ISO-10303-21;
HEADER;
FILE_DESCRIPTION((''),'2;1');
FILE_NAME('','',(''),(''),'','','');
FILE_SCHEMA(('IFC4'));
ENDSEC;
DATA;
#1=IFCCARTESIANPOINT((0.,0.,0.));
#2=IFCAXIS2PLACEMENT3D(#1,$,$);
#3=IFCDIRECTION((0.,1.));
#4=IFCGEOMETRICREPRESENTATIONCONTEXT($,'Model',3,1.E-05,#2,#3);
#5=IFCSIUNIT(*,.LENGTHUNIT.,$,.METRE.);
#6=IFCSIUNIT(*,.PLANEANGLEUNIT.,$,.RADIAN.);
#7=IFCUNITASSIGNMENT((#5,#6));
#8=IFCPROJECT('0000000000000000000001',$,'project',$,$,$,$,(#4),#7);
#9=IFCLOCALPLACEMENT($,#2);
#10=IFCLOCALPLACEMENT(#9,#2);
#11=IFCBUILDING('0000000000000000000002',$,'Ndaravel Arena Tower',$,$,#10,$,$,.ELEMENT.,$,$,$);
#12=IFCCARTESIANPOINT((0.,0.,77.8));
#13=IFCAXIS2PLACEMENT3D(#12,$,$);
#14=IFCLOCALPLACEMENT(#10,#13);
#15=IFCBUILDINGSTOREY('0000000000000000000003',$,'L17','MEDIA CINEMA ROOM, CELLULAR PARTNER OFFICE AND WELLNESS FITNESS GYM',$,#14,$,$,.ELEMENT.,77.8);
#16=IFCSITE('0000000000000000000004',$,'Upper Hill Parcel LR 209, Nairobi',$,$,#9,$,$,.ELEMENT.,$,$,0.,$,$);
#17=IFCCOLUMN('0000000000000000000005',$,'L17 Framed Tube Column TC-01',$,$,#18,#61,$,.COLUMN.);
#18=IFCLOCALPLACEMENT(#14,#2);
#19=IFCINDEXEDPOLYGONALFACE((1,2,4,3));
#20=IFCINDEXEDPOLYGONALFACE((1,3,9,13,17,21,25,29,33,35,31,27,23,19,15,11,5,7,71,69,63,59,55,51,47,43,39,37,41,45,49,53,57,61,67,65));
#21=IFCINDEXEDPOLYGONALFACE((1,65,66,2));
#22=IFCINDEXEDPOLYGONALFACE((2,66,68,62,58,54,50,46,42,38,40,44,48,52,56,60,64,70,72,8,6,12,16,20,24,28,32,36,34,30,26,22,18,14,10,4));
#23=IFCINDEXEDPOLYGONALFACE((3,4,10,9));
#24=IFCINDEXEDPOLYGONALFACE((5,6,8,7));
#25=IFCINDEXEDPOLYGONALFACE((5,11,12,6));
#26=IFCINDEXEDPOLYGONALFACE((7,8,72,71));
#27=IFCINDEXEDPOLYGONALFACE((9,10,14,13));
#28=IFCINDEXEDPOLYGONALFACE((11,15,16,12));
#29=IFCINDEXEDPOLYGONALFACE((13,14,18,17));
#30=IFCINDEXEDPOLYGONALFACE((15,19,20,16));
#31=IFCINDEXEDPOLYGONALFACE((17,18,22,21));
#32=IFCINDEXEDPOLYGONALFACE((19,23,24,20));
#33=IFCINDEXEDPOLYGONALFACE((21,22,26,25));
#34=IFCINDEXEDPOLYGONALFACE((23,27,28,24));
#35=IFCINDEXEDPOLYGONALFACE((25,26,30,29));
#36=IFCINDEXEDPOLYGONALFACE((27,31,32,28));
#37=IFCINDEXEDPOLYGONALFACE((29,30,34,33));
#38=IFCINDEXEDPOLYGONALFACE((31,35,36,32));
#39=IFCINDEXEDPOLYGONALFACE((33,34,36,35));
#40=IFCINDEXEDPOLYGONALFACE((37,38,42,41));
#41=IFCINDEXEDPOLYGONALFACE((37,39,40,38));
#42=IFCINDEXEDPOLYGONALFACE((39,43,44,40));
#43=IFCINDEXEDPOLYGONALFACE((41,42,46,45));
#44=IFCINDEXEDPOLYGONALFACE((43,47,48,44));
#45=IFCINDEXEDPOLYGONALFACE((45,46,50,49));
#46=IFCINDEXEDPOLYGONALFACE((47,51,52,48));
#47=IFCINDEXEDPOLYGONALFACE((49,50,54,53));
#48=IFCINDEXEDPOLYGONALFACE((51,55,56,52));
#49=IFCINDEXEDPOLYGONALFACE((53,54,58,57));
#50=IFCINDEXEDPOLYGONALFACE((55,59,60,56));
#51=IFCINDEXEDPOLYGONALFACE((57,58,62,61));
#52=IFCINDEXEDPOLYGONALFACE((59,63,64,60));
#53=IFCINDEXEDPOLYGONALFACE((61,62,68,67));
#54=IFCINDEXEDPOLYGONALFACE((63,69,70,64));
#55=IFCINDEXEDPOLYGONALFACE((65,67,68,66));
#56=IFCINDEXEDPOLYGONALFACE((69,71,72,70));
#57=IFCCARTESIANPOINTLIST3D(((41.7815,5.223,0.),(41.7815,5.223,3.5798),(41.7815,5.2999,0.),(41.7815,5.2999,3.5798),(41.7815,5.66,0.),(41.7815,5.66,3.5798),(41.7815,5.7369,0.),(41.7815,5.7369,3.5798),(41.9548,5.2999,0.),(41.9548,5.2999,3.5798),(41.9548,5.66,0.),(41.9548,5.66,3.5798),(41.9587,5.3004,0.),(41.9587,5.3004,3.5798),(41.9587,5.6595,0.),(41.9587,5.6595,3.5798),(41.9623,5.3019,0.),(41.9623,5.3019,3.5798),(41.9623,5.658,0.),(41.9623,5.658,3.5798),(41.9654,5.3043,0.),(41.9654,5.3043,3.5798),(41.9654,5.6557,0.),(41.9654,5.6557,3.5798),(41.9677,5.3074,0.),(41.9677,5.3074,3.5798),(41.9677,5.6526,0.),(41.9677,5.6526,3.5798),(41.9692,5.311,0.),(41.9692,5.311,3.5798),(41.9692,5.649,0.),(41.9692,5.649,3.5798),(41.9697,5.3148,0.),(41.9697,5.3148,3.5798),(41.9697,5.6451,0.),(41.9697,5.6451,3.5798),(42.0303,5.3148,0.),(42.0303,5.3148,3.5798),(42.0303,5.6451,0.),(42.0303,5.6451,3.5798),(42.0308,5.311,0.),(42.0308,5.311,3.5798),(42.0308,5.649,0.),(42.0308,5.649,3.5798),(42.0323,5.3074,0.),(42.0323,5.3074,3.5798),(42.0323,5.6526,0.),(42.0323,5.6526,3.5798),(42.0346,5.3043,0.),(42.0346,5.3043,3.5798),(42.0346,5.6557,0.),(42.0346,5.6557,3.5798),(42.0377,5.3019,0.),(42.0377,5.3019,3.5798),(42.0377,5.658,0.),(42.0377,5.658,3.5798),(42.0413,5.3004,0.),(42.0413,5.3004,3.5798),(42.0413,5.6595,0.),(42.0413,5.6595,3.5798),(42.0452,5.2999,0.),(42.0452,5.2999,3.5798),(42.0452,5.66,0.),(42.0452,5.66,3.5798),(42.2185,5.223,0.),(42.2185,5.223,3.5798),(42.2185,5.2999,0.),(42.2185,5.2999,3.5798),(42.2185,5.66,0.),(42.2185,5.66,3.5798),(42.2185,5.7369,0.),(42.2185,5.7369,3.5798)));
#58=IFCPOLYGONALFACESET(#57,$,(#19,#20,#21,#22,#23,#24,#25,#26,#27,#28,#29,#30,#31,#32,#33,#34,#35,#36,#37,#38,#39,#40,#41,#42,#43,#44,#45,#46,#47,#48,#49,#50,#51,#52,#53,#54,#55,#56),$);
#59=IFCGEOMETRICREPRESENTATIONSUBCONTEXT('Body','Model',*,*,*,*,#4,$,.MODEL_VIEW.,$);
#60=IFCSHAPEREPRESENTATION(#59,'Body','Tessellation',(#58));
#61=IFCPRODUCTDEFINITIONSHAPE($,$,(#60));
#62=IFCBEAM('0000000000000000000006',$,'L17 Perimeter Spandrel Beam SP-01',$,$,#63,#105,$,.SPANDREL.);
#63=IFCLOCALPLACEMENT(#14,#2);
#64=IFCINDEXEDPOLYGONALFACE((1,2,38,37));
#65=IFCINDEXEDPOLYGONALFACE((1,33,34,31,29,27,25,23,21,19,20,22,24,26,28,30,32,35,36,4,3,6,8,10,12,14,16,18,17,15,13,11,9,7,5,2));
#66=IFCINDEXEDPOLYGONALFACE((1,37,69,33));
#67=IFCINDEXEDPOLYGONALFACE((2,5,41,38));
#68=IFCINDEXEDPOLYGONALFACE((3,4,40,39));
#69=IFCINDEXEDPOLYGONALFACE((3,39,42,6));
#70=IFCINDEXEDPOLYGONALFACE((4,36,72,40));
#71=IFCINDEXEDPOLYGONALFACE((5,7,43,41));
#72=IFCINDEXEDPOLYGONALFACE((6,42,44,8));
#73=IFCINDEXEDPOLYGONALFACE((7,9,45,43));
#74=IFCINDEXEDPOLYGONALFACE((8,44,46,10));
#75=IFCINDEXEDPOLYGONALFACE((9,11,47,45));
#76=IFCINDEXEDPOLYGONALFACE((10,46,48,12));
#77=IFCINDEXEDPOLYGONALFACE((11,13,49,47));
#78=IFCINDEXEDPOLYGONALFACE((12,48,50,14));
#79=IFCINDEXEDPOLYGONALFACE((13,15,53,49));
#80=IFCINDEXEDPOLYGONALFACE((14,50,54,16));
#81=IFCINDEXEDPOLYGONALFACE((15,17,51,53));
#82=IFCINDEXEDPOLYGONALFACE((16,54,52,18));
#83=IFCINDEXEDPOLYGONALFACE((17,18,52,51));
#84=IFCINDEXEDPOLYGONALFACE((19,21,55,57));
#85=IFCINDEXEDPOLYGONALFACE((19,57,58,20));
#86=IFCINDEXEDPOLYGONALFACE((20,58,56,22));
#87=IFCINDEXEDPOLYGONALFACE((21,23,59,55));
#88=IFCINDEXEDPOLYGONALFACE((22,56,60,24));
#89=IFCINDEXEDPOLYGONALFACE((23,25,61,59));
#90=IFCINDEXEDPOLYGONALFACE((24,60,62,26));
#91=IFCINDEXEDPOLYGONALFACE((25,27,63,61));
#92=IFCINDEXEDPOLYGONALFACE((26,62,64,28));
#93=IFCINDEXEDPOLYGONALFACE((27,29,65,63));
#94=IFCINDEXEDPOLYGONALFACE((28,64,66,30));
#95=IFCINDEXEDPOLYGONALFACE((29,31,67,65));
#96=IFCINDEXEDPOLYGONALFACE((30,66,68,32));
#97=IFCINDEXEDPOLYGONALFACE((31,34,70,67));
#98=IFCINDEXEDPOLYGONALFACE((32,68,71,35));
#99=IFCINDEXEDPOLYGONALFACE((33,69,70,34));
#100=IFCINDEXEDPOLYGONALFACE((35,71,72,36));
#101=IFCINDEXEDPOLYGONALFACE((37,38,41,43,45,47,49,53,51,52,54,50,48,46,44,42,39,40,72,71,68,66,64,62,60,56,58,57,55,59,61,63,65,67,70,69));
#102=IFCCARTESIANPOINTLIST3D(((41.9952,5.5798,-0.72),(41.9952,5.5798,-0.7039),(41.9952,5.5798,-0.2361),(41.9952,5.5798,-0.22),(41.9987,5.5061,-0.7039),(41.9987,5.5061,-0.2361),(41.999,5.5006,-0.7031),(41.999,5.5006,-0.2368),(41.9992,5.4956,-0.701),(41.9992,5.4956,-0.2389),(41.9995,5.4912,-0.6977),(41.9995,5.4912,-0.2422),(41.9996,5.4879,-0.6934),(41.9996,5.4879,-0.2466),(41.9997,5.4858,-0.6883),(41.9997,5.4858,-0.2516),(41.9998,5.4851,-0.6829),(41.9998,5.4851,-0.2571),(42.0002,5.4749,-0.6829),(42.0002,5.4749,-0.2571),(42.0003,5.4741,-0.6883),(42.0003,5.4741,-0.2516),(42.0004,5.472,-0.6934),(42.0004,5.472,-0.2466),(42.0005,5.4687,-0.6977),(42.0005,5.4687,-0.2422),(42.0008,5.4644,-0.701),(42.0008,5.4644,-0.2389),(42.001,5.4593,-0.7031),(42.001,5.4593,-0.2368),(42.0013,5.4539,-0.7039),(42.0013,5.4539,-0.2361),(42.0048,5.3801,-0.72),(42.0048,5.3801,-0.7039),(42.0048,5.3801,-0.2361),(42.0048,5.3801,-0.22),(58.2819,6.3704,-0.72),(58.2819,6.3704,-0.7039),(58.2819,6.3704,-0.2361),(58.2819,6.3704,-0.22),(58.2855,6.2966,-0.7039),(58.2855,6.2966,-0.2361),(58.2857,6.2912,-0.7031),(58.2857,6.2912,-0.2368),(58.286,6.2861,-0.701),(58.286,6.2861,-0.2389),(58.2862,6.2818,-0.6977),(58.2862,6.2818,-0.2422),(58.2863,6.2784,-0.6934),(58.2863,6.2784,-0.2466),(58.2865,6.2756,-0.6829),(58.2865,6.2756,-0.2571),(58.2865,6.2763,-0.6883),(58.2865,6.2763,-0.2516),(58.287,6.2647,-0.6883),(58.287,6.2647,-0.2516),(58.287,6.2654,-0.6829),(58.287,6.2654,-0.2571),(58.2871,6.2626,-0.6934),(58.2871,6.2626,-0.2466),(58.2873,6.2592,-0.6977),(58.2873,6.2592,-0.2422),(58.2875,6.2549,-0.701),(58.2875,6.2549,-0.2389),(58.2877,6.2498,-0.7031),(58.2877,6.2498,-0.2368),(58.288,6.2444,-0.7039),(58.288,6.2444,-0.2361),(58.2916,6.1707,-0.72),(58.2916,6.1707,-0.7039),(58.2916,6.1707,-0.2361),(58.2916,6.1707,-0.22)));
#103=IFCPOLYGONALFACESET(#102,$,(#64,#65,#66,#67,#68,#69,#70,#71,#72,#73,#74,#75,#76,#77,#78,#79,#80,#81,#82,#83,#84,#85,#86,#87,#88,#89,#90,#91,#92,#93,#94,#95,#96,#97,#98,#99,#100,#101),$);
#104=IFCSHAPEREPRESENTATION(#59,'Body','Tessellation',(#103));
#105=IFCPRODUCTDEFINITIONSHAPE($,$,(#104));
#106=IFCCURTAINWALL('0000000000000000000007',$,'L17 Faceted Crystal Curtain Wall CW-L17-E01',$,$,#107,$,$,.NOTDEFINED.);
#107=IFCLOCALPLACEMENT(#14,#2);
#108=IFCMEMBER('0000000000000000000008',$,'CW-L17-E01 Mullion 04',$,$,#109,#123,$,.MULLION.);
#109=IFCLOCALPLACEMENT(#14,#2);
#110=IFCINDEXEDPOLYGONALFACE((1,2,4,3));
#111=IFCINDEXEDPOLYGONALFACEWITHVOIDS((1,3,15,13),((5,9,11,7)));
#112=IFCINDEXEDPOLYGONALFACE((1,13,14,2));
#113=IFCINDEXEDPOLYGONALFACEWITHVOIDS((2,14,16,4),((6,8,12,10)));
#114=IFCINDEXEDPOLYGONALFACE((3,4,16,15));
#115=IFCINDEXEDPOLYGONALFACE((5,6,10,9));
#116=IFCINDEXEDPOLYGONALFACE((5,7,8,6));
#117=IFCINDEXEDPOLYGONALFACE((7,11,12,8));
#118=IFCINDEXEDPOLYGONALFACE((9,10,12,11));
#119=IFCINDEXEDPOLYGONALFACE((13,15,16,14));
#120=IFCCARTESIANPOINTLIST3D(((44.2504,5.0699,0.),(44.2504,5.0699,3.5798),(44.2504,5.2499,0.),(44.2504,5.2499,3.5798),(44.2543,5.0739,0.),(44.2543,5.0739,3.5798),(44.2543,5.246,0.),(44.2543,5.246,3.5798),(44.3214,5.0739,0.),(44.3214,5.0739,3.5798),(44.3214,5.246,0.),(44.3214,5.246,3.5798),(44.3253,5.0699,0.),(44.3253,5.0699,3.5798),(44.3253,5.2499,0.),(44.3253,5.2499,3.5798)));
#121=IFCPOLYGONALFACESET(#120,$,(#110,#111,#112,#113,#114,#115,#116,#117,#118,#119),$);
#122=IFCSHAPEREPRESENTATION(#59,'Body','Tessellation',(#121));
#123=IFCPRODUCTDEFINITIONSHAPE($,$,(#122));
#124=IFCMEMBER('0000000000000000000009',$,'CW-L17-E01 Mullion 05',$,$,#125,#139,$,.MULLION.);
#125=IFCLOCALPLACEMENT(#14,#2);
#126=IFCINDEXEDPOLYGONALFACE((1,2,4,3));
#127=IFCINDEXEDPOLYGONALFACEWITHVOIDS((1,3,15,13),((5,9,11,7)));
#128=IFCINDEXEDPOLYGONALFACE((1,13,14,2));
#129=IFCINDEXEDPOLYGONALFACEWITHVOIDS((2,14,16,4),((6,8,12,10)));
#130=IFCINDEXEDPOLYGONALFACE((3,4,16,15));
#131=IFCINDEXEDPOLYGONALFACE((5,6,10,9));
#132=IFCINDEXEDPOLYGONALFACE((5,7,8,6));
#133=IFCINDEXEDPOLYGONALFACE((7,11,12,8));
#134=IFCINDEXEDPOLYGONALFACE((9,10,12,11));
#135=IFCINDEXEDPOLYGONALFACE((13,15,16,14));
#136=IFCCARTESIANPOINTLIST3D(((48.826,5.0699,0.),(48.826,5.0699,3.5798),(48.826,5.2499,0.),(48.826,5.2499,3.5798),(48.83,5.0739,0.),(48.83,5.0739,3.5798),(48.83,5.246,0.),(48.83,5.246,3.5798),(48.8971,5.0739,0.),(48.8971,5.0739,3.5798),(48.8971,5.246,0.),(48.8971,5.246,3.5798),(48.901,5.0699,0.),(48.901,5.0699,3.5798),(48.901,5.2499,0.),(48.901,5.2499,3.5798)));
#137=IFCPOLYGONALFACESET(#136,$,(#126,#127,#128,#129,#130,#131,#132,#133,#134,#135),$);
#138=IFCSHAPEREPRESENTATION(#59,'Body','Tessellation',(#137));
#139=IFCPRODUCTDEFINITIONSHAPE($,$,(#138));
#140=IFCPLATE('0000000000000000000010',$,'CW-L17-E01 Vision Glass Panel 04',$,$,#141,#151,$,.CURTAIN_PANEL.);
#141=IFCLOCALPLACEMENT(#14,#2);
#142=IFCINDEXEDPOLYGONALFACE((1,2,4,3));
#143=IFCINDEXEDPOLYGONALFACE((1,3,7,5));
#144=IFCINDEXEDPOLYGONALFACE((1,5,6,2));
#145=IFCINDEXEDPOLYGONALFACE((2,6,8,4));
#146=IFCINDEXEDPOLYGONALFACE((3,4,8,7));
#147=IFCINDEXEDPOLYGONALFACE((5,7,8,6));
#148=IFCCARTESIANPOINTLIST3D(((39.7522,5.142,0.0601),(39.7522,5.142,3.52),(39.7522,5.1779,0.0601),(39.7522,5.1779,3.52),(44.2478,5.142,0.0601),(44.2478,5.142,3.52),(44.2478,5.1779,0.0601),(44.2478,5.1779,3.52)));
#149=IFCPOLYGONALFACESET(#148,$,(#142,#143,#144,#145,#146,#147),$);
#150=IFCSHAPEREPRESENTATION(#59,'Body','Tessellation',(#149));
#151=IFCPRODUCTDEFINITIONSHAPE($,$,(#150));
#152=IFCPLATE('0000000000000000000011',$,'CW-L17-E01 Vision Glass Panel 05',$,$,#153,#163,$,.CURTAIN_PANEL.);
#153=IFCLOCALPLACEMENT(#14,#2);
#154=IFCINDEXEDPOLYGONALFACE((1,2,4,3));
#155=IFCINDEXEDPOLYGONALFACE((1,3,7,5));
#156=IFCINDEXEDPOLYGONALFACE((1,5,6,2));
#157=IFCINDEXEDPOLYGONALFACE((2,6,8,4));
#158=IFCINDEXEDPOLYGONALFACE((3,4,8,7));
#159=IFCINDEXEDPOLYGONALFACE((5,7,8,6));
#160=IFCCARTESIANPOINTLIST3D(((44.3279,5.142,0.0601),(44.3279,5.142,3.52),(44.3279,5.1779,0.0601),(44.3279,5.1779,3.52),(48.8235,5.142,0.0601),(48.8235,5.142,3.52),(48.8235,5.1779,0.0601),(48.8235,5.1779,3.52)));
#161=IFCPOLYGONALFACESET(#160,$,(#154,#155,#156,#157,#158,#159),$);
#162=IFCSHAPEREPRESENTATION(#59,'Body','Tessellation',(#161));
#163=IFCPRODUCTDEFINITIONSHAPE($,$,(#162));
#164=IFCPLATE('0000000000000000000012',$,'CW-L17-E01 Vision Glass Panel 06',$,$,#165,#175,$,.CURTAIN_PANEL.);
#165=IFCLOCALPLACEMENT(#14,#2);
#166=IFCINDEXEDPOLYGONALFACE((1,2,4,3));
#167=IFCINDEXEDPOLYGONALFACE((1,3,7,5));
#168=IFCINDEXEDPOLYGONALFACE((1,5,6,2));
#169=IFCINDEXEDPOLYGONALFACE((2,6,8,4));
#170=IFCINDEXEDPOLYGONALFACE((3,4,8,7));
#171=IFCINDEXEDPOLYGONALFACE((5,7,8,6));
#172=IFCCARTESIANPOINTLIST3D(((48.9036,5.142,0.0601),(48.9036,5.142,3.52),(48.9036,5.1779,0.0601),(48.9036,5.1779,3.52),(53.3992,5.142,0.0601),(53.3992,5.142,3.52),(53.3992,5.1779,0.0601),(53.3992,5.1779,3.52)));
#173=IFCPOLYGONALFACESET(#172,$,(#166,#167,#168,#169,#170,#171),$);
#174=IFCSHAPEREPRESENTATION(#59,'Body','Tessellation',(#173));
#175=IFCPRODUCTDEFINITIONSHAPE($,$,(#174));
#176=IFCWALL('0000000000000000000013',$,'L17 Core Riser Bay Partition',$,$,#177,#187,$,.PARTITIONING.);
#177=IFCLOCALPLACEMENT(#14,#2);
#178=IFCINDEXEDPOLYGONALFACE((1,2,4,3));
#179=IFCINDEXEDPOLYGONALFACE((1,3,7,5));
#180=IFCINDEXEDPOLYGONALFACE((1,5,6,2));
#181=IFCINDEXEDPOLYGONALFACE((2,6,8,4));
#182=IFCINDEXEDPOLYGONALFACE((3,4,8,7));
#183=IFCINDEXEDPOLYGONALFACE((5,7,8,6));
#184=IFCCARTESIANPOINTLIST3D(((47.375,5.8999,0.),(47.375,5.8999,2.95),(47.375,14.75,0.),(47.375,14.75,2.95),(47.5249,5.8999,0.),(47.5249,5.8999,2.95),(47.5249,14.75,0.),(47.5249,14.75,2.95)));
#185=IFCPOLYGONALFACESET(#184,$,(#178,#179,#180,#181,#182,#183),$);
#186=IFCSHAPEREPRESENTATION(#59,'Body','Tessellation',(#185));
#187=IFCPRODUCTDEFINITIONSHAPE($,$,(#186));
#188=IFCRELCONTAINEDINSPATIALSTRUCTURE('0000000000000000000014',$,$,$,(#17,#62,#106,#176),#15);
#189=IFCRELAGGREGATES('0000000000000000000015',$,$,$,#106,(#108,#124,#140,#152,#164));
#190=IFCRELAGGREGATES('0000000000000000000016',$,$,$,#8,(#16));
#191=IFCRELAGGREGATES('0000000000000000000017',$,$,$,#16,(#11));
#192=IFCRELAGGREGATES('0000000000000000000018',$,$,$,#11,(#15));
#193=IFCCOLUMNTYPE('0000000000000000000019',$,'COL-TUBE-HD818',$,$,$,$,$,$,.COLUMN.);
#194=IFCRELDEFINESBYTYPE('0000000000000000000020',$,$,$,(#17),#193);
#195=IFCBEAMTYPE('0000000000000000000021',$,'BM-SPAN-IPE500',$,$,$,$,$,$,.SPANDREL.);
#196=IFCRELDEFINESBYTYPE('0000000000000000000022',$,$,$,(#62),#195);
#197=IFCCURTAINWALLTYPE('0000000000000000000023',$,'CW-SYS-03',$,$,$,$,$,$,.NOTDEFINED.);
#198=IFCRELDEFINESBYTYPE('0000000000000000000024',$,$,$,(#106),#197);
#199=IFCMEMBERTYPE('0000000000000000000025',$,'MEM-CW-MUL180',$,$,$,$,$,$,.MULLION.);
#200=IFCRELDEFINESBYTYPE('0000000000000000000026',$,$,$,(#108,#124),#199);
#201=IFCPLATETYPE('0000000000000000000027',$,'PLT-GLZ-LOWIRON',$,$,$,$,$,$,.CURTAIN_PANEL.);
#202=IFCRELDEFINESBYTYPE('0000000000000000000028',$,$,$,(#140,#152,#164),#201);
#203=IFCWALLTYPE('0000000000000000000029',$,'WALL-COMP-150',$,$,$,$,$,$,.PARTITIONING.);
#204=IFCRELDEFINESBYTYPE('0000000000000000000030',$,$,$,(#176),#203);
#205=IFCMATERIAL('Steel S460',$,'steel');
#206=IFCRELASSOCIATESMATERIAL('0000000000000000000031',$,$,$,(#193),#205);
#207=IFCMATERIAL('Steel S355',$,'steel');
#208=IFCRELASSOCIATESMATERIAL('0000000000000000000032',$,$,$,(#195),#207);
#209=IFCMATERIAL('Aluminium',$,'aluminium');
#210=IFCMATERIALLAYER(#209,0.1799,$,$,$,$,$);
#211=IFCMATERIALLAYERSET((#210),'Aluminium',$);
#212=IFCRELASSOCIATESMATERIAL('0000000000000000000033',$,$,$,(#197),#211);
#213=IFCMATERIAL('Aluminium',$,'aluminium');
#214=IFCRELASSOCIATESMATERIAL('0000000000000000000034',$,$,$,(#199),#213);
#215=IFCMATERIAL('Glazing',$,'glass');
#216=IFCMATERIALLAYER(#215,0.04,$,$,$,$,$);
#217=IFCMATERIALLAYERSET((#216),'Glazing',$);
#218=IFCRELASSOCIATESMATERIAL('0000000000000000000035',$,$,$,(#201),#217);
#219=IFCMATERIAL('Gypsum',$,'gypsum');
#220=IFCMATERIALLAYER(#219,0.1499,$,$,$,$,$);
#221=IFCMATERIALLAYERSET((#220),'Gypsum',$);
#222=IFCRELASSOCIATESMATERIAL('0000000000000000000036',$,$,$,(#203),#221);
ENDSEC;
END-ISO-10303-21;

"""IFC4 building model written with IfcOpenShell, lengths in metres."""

from ifc_helpers import new_model, si_unit, direction, frame, frame_2d, origin, origin_2d, place, context, subcontext, project, spatial, rectangle, hollow_rectangle, i_section, extrude, material, layer, layer_set, material_profile, profile_set, type_object, element, aggregate, save


model = new_model("IFC4")

# Units and contexts
model_context = context("Model", 3, precision=1e-05, world=origin(), true_north=direction((0.0, 1.0)))
body_context = subcontext(model_context, "Body", "Model", "MODEL_VIEW")
ifc_project = project(units=[si_unit("LENGTHUNIT", "METRE"), si_unit("PLANEANGLEUNIT", "RADIAN")], contexts=[model_context])

# Site, building, storey
site_placement = place(None, origin())
site = spatial("IfcSite", under=ifc_project, at=site_placement, Name="Upper Hill Parcel LR 209, Nairobi", CompositionType="ELEMENT", RefElevation=0.0)
building_placement = place(site_placement, origin())
building = spatial("IfcBuilding", under=site, at=building_placement, Name="Ndaravel Arena Tower", CompositionType="ELEMENT")
storey_placement = place(building_placement, frame((0.0, 0.0, 77.8)))
storey = spatial("IfcBuildingStorey", under=building, at=storey_placement, Name="L17", Description="MEDIA CINEMA ROOM, CELLULAR PARTNER OFFICE AND WELLNESS FITNESS GYM", CompositionType="ELEMENT", Elevation=77.8)

# Column
ifc_material_1 = material(Name="Steel S460", Category="steel")
ifc_material_profile_1 = material_profile(ifc_material_1, i_section(OverallWidth=0.437, OverallDepth=0.5139, WebThickness=0.0605, FlangeThickness=0.0769, FilletRadius=0.0149, at=origin_2d()), Name="HD 400x818")
ifc_profile_set_1 = profile_set([ifc_material_profile_1], Name="Steel S460")
column_type = type_object("IfcColumnType", Name="COL-TUBE-HD818", PredefinedType="COLUMN", material=ifc_profile_set_1)
column_placement = place(storey_placement, frame((42.0, 5.48, 0.0), z_axis=(0.0, 0.0, 1.0), x_axis=(1.0, 0.0, 0.0)))
element("IfcColumn", 1, at=column_placement, inside=storey, type_object=column_type, Name="L17 Framed Tube Column TC-01", PredefinedType="COLUMN", context=body_context, shape_type="SweptSolid", body=[
    extrude(i_section(OverallWidth=0.437, OverallDepth=0.5139, WebThickness=0.0605, FlangeThickness=0.0769, FilletRadius=0.0149, at=origin_2d()), origin(), (0.0, 0.0, 1.0), 3.5798),
])

# Beam
ifc_material_2 = material(Name="Steel S355", Category="steel")
ifc_material_profile_2 = material_profile(ifc_material_2, i_section(OverallWidth=0.2, OverallDepth=0.5, WebThickness=0.0103, FlangeThickness=0.0161, FilletRadius=0.021, at=origin_2d()), Name="IPE 500")
ifc_profile_set_2 = profile_set([ifc_material_profile_2], Name="Steel S355")
beam_type = type_object("IfcBeamType", Name="BM-SPAN-IPE500", PredefinedType="SPANDREL", material=ifc_profile_set_2)
beam_placement = place(storey_placement, frame((42.0, 5.48, -0.47), z_axis=(0.998824, 0.048481, 0.0), x_axis=(-0.048481, 0.998824, 0.0)))
element("IfcBeam", 2, at=beam_placement, inside=storey, type_object=beam_type, Name="L17 Perimeter Spandrel Beam SP-01", PredefinedType="SPANDREL", context=body_context, shape_type="SweptSolid", body=[
    extrude(i_section(OverallWidth=0.2, OverallDepth=0.5, WebThickness=0.0103, FlangeThickness=0.0161, FilletRadius=0.021, at=origin_2d()), origin(), (0.0, 0.0, 1.0), 16.3059),
])

# Curtain wall, members, plates
ifc_material_3 = material(Name="Aluminium", Category="aluminium")
ifc_layer_1 = layer(ifc_material_3, 0.1799)
ifc_layer_set_1 = layer_set([ifc_layer_1], Name="Aluminium")
curtain_wall_type = type_object("IfcCurtainWallType", Name="CW-SYS-03", PredefinedType="NOTDEFINED", material=ifc_layer_set_1)
curtain_wall_placement = place(storey_placement, origin())
curtain_wall = element("IfcCurtainWall", 3, at=curtain_wall_placement, inside=storey, type_object=curtain_wall_type, Name="L17 Faceted Crystal Curtain Wall CW-L17-E01", PredefinedType="NOTDEFINED")
ifc_material_4 = material(Name="Aluminium", Category="aluminium")
ifc_material_profile_3 = material_profile(ifc_material_4, hollow_rectangle(XDim=0.075, YDim=0.1799, WallThickness=0.0039, at=origin_2d()), Name="CW MULLION 75x180x4")
ifc_profile_set_3 = profile_set([ifc_material_profile_3], Name="Aluminium")
member_type = type_object("IfcMemberType", Name="MEM-CW-MUL180", PredefinedType="MULLION", material=ifc_profile_set_3)
member_1_placement = place(storey_placement, frame((44.2878, 5.1599, 0.0), z_axis=(0.0, 0.0, 1.0), x_axis=(1.0, 0.0, 0.0)))
member_1 = element("IfcMember", 4, at=member_1_placement, type_object=member_type, Name="CW-L17-E01 Mullion 04", PredefinedType="MULLION", context=body_context, shape_type="SweptSolid", body=[
    extrude(hollow_rectangle(XDim=0.075, YDim=0.1799, WallThickness=0.0039, at=origin_2d()), origin(), (0.0, 0.0, 1.0), 3.5798),
])
member_2_placement = place(storey_placement, frame((48.8635, 5.1599, 0.0), z_axis=(0.0, 0.0, 1.0), x_axis=(1.0, 0.0, 0.0)))
member_2 = element("IfcMember", 5, at=member_2_placement, type_object=member_type, Name="CW-L17-E01 Mullion 05", PredefinedType="MULLION", context=body_context, shape_type="SweptSolid", body=[
    extrude(hollow_rectangle(XDim=0.075, YDim=0.1799, WallThickness=0.0039, at=origin_2d()), origin(), (0.0, 0.0, 1.0), 3.5798),
])
ifc_material_5 = material(Name="Glazing", Category="glass")
ifc_layer_2 = layer(ifc_material_5, 0.04)
ifc_layer_set_2 = layer_set([ifc_layer_2], Name="Glazing")
plate_type = type_object("IfcPlateType", Name="PLT-GLZ-LOWIRON", PredefinedType="CURTAIN_PANEL", material=ifc_layer_set_2)
plate_1_placement = place(storey_placement, frame((42.0, 5.1599, 0.0601), z_axis=(0.0, 0.0, 1.0), x_axis=(1.0, 0.0, 0.0)))
plate_1 = element("IfcPlate", 6, at=plate_1_placement, type_object=plate_type, Name="CW-L17-E01 Vision Glass Panel 04", PredefinedType="CURTAIN_PANEL", context=body_context, shape_type="SweptSolid", body=[
    extrude(rectangle(XDim=4.4956, YDim=0.0359, at=origin_2d()), origin(), (0.0, 0.0, 1.0), 3.46),
])
plate_2_placement = place(storey_placement, frame((46.5757, 5.1599, 0.0601), z_axis=(0.0, 0.0, 1.0), x_axis=(1.0, 0.0, 0.0)))
plate_2 = element("IfcPlate", 7, at=plate_2_placement, type_object=plate_type, Name="CW-L17-E01 Vision Glass Panel 05", PredefinedType="CURTAIN_PANEL", context=body_context, shape_type="SweptSolid", body=[
    extrude(rectangle(XDim=4.4956, YDim=0.0359, at=origin_2d()), origin(), (0.0, 0.0, 1.0), 3.46),
])
plate_3_placement = place(storey_placement, frame((51.1514, 5.1599, 0.0601), z_axis=(0.0, 0.0, 1.0), x_axis=(1.0, 0.0, 0.0)))
plate_3 = element("IfcPlate", 8, at=plate_3_placement, type_object=plate_type, Name="CW-L17-E01 Vision Glass Panel 06", PredefinedType="CURTAIN_PANEL", context=body_context, shape_type="SweptSolid", body=[
    extrude(rectangle(XDim=4.4956, YDim=0.0359, at=origin_2d()), origin(), (0.0, 0.0, 1.0), 3.46),
])
aggregate(curtain_wall, [member_1, member_2, plate_1, plate_2, plate_3])

# Wall
ifc_material_6 = material(Name="Gypsum", Category="gypsum")
ifc_layer_3 = layer(ifc_material_6, 0.1499)
ifc_layer_set_3 = layer_set([ifc_layer_3], Name="Gypsum")
wall_type_1 = type_object("IfcWallType", Name="WALL-COMP-150", PredefinedType="PARTITIONING", material=ifc_layer_set_3)
wall_1_placement = place(storey_placement, frame((47.45, 5.8999, 0.0), z_axis=(0.0, 0.0, 1.0), x_axis=(0.0, 1.0, 0.0)))
element("IfcWall", 9, at=wall_1_placement, inside=storey, type_object=wall_type_1, Name="L17 Core Riser Bay Partition", PredefinedType="PARTITIONING", context=body_context, shape_type="SweptSolid", body=[
    extrude(rectangle(XDim=8.8501, YDim=0.1499, at=frame_2d((4.425, 0.0))), origin(), (0.0, 0.0, 1.0), 2.95),
])

save(model, "model.ifc")
